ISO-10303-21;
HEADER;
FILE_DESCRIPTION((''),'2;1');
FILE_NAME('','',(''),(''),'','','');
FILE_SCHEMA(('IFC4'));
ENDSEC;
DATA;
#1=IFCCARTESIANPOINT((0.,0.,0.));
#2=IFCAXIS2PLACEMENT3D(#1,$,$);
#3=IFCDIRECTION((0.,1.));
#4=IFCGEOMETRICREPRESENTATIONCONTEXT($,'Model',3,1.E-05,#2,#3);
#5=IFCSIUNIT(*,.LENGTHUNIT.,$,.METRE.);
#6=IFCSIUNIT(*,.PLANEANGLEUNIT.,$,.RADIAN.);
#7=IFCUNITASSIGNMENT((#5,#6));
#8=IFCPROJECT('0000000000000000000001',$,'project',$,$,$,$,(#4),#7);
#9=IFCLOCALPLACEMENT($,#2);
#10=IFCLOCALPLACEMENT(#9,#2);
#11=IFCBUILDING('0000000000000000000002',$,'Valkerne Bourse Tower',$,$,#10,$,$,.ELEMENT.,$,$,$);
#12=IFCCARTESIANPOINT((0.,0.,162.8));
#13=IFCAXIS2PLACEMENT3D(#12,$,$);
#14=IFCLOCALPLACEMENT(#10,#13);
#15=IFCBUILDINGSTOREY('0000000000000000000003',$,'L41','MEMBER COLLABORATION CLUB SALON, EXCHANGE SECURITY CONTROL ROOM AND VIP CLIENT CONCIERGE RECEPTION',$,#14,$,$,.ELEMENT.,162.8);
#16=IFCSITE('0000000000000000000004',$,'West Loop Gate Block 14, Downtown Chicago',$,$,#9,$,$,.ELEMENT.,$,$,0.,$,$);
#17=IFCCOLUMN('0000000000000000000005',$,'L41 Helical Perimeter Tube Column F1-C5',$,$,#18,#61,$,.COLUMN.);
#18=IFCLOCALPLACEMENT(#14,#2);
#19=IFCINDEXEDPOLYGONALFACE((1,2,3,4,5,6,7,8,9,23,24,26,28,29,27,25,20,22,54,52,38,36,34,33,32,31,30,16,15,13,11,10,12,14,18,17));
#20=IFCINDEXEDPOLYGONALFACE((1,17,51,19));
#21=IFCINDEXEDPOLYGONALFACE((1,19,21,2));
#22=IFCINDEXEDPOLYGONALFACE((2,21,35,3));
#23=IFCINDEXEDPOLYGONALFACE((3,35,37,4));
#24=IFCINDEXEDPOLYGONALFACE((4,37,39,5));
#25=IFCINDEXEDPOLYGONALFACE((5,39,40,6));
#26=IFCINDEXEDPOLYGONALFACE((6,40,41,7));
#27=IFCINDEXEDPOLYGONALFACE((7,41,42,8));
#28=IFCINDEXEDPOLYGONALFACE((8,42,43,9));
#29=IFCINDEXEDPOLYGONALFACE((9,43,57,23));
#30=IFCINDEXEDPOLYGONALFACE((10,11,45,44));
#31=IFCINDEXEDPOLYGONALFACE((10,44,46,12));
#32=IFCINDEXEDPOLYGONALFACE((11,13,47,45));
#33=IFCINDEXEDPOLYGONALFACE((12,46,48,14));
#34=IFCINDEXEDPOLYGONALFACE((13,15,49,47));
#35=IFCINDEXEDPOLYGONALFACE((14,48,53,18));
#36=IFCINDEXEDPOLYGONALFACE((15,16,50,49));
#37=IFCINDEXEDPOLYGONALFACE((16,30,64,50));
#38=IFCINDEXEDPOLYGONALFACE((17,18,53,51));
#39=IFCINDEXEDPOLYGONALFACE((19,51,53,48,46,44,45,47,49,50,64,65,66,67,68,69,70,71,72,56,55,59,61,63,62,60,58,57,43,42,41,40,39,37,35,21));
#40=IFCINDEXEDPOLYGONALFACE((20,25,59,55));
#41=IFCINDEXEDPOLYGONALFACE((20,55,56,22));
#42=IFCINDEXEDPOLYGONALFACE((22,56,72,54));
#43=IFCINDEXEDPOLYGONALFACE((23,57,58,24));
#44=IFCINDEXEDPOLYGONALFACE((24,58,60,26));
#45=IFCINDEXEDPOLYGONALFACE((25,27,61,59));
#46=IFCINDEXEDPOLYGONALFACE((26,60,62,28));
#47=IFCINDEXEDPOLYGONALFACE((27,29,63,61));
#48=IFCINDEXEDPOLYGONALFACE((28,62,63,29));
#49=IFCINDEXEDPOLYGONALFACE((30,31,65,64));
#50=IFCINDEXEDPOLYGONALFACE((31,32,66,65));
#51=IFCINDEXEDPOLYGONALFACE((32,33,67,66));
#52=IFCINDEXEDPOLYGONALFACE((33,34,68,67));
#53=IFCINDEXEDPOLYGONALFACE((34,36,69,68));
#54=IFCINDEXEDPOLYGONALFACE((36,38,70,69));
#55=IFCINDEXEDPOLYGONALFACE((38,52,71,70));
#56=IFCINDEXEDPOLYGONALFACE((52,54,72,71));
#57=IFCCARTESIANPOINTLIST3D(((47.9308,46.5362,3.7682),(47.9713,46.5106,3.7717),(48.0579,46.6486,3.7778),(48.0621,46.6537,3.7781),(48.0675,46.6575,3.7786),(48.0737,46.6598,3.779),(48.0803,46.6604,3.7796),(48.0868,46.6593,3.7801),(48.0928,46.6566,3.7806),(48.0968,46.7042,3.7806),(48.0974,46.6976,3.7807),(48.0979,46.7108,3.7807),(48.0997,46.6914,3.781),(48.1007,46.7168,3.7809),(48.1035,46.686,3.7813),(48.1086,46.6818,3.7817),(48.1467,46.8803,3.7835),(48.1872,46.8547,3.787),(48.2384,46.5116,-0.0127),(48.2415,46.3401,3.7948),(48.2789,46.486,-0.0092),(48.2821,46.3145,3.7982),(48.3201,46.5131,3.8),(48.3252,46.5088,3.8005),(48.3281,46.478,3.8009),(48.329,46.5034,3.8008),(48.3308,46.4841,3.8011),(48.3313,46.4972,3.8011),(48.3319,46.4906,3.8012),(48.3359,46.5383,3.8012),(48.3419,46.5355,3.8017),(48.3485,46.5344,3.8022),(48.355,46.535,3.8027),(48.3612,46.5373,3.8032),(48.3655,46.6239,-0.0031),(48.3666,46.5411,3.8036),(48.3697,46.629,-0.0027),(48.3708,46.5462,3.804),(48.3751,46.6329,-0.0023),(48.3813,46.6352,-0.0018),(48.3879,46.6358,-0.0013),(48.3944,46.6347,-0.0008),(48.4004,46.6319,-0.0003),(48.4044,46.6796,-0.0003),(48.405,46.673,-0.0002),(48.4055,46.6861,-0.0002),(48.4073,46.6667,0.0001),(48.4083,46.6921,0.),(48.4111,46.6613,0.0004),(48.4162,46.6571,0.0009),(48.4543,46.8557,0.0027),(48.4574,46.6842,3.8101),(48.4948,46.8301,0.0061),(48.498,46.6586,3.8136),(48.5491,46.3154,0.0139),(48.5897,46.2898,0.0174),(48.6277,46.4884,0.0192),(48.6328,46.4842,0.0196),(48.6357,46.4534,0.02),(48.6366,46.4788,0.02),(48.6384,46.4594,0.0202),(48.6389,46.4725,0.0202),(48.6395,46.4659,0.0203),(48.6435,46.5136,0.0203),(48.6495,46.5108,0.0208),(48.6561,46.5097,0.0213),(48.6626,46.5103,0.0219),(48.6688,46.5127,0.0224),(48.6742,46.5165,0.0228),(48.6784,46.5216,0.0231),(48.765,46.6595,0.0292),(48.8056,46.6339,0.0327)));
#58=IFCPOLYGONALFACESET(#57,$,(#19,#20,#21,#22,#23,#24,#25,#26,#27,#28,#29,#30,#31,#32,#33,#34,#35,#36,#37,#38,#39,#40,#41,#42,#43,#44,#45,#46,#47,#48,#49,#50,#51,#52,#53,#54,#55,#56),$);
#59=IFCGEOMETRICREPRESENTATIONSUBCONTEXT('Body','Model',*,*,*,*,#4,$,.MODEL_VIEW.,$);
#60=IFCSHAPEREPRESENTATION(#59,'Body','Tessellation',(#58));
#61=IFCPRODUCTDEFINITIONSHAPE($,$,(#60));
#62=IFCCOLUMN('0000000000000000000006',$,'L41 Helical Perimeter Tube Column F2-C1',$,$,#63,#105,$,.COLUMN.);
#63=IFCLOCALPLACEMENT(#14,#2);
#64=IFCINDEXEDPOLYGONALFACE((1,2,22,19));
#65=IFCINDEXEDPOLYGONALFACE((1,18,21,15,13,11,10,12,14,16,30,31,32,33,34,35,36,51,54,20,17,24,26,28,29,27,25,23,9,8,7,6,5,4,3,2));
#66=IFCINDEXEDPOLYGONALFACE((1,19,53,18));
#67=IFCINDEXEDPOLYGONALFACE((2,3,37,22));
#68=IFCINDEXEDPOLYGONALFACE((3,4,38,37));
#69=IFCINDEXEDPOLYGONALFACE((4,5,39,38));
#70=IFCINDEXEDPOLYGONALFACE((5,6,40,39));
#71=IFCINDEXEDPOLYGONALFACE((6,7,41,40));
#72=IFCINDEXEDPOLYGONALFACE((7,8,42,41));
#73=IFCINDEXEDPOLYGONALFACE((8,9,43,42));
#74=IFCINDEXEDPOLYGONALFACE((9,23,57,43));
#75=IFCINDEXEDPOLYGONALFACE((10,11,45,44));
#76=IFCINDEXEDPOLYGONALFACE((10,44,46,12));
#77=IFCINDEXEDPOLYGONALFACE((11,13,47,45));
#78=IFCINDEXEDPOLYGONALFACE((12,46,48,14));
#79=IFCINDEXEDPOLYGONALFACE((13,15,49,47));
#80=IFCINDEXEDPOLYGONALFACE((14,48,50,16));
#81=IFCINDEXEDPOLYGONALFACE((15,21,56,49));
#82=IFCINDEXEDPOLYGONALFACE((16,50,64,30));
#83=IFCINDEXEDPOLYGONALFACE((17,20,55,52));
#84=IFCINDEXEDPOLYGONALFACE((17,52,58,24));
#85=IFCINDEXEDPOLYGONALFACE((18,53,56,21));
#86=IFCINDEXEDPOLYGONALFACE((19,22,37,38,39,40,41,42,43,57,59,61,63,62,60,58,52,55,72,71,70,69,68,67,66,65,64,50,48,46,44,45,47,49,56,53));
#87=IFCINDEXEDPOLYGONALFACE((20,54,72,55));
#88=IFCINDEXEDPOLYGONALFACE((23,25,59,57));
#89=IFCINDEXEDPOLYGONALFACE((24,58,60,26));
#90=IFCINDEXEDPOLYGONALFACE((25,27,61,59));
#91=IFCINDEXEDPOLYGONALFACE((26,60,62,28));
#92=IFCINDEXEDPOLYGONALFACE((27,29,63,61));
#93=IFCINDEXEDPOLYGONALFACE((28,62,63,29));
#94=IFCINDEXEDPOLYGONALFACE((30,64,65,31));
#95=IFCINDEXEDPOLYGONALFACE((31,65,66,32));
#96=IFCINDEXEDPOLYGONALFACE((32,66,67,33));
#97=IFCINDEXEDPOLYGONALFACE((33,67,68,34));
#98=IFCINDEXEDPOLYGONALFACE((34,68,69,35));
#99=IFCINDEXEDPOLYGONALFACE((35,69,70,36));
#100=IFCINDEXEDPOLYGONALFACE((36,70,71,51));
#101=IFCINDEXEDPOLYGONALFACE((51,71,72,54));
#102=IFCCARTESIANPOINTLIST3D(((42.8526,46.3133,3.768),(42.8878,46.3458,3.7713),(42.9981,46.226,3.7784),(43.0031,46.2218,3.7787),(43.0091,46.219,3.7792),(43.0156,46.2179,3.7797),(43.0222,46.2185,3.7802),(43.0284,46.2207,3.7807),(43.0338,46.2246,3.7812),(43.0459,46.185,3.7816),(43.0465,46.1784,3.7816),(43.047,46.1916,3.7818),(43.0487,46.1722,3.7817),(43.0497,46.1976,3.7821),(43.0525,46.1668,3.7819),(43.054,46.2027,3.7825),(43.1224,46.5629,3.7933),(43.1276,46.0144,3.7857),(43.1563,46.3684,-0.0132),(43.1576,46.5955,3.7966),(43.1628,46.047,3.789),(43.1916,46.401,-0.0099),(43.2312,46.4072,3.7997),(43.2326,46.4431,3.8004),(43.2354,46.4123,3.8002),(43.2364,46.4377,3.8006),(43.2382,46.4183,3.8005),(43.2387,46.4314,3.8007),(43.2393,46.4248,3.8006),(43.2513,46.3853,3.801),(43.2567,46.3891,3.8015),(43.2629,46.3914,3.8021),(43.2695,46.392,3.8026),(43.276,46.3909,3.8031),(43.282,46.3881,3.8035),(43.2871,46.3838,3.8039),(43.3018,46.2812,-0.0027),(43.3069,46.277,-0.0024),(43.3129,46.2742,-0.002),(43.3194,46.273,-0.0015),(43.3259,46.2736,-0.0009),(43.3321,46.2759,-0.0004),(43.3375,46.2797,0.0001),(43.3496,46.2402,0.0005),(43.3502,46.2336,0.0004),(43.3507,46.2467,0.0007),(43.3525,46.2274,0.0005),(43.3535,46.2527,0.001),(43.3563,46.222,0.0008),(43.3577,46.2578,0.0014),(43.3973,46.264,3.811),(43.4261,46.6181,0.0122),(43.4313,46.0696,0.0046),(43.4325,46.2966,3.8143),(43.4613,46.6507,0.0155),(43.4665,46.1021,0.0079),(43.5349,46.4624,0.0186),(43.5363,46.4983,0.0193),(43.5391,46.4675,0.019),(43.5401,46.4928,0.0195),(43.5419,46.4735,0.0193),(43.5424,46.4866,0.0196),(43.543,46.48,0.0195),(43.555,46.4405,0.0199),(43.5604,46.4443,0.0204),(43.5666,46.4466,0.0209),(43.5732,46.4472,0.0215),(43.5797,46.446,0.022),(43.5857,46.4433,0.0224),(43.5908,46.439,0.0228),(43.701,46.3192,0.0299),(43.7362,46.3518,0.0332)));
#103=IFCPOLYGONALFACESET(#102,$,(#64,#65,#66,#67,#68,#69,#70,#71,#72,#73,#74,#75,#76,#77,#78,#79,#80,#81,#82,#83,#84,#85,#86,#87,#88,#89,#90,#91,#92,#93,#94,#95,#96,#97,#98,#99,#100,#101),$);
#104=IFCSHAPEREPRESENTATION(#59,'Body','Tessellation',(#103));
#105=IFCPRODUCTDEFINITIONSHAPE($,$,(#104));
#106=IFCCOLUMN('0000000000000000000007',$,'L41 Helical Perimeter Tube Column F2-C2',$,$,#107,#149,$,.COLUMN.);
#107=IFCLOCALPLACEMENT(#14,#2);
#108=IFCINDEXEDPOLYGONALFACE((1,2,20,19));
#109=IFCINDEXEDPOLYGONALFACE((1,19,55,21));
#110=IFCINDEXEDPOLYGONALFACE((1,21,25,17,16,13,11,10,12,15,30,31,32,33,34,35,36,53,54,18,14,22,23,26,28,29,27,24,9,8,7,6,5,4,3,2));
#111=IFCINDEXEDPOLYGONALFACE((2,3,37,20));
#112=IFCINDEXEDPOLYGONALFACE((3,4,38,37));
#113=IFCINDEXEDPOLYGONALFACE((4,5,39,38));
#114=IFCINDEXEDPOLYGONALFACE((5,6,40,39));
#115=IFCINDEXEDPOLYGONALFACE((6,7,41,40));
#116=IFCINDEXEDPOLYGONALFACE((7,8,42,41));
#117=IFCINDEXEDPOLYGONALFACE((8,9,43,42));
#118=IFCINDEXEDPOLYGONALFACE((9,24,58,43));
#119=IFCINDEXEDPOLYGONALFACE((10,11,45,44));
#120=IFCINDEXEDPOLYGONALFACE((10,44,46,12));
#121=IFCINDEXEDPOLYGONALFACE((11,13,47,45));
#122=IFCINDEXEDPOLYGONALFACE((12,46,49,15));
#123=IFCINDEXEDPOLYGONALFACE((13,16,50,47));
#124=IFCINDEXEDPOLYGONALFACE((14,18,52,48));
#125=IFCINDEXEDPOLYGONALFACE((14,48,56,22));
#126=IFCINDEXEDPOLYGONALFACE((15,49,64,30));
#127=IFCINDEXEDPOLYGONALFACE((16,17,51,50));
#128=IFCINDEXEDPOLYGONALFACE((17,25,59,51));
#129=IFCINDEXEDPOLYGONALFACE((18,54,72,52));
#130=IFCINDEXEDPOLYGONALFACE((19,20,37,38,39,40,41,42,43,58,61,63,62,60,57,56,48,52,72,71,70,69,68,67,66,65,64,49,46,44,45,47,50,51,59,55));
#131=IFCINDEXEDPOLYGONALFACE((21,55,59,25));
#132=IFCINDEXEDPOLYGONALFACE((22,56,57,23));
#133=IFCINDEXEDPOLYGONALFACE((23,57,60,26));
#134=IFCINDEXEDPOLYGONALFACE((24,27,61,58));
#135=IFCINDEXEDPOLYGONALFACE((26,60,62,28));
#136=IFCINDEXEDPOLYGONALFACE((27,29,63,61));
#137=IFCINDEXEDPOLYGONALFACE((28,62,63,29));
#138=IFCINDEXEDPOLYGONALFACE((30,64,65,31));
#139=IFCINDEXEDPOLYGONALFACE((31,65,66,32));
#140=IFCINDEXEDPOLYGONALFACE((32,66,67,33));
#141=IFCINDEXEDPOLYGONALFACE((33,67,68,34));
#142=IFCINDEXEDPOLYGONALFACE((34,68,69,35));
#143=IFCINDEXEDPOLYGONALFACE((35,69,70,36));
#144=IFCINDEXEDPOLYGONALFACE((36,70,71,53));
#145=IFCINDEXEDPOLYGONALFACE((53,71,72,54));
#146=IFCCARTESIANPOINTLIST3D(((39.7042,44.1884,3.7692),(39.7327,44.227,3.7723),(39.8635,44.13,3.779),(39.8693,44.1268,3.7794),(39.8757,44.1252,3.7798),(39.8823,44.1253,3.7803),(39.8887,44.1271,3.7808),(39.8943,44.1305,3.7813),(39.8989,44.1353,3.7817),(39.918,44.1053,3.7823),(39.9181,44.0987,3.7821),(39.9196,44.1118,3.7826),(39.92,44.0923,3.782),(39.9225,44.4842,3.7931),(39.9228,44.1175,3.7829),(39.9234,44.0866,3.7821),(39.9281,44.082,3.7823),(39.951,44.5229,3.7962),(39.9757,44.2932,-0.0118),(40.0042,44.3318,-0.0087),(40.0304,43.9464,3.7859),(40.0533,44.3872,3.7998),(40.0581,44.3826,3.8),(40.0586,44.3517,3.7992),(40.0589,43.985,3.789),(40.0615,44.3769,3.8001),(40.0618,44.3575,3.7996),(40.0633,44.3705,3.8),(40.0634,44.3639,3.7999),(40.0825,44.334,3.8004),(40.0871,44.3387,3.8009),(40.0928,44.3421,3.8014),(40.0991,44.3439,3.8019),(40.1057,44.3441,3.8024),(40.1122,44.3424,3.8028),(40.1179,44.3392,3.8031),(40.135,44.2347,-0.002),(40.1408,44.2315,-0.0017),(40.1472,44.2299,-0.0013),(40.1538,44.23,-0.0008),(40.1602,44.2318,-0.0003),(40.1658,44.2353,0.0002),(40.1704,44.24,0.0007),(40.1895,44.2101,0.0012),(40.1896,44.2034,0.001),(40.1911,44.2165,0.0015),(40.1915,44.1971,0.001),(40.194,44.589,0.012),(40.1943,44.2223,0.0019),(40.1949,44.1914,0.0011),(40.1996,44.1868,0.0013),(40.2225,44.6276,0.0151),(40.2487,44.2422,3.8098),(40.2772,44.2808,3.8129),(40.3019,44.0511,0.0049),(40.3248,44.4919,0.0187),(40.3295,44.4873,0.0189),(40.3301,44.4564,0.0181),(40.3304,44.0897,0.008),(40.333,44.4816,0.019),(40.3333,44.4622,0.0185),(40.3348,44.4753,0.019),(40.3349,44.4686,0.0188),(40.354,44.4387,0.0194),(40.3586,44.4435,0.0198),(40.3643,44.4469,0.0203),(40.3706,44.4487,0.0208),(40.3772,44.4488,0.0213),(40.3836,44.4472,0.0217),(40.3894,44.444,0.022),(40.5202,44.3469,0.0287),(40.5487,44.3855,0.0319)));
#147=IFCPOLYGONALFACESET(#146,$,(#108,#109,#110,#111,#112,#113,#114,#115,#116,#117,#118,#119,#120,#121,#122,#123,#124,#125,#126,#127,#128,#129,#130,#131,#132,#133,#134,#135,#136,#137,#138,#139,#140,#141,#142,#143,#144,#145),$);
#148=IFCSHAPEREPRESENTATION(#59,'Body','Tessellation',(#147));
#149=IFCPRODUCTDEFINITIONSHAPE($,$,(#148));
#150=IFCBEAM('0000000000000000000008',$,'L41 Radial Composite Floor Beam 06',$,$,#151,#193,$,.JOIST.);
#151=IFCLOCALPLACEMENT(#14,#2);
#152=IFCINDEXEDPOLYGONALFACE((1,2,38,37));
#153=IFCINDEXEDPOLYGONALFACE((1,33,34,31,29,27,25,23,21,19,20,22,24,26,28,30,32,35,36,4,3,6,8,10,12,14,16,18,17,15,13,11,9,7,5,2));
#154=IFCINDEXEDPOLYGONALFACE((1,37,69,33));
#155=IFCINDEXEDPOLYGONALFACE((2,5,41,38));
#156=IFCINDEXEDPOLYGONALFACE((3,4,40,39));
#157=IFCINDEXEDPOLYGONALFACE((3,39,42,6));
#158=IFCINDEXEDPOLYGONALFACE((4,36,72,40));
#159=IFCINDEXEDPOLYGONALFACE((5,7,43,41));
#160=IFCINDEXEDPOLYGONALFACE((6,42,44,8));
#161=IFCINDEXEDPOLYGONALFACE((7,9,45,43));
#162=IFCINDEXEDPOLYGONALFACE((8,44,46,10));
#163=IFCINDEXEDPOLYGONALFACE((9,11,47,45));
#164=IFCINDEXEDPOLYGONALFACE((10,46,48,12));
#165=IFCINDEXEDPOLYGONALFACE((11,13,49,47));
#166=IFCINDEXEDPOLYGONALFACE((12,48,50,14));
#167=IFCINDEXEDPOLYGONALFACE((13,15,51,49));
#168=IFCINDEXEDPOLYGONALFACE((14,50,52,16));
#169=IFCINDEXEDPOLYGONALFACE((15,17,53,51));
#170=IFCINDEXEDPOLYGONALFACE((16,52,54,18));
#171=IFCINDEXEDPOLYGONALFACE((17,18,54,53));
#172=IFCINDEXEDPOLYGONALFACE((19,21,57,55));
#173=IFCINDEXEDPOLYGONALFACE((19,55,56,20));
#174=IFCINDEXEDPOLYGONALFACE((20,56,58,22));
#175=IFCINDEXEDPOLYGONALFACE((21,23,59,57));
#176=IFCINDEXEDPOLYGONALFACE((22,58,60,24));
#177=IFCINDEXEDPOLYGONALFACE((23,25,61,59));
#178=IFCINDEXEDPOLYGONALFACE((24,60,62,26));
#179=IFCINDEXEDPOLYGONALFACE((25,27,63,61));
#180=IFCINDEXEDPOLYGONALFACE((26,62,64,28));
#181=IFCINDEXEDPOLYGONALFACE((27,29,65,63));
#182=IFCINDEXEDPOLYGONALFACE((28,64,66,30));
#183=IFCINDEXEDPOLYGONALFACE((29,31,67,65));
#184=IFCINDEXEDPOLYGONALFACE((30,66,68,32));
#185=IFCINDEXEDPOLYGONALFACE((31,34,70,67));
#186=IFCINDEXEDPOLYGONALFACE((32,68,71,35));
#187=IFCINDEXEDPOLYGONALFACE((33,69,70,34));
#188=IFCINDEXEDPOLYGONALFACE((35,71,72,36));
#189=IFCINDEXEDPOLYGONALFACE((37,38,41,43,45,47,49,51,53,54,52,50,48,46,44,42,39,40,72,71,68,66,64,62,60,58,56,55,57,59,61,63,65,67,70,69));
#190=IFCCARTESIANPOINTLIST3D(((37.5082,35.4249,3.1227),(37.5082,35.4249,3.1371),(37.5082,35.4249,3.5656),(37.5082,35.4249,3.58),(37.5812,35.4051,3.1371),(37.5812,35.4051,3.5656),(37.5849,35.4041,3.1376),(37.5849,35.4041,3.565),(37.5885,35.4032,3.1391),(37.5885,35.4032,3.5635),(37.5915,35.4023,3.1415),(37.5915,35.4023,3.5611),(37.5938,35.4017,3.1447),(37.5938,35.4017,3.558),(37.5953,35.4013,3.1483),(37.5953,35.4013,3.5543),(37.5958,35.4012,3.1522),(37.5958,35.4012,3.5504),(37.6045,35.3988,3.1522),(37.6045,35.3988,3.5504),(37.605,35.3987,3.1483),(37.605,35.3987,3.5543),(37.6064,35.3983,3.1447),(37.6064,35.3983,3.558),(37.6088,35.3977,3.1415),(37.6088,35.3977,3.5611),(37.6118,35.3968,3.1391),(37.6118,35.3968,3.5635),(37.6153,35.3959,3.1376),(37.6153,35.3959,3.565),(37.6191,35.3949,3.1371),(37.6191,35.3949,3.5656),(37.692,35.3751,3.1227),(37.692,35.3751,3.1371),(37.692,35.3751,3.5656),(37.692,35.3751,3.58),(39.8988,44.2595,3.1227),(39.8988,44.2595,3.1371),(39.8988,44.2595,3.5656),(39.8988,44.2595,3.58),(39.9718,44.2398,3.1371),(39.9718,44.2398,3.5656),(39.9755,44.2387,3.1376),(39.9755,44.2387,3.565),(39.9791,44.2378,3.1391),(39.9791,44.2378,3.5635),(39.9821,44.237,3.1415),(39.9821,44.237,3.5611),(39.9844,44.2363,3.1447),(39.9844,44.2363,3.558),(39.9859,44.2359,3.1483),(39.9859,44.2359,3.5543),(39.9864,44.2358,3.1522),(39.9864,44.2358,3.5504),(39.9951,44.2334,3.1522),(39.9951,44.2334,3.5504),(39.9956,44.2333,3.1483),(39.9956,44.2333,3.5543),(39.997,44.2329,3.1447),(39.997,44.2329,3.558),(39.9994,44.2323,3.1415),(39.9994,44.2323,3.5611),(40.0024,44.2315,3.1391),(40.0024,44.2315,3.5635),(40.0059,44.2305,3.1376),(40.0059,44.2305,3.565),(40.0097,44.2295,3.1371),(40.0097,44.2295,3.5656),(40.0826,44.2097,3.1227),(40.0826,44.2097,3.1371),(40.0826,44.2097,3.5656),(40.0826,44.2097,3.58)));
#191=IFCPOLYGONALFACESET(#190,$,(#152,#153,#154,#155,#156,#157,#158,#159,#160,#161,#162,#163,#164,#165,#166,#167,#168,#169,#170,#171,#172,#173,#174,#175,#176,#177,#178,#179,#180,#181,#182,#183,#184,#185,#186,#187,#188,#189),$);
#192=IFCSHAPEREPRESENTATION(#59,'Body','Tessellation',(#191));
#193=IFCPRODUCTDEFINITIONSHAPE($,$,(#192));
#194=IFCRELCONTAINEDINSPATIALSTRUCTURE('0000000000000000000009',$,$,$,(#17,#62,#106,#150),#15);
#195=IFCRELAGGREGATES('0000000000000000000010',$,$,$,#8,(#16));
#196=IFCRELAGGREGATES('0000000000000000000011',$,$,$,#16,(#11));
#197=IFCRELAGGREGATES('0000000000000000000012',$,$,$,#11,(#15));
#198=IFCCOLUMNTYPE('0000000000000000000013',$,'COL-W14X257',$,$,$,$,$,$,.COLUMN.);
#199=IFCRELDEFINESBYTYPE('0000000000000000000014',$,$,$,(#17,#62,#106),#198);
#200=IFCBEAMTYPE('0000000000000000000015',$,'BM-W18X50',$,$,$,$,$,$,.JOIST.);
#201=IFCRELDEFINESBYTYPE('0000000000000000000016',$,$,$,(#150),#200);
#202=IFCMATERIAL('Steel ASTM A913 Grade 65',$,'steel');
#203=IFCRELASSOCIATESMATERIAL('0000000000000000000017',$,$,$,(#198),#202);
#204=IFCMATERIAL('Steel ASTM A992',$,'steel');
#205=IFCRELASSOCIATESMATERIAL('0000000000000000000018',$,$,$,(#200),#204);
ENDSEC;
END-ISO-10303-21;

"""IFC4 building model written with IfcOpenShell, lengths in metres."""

from ifc_helpers import new_model, si_unit, direction, frame, origin, origin_2d, place, context, subcontext, project, spatial, i_section, extrude, material, material_profile, profile_set, type_object, element, save


model = new_model("IFC4")

# Units and contexts
model_context = context("Model", 3, precision=1e-05, world=origin(), true_north=direction((0.0, 1.0)))
body_context = subcontext(model_context, "Body", "Model", "MODEL_VIEW")
ifc_project = project(units=[si_unit("LENGTHUNIT", "METRE"), si_unit("PLANEANGLEUNIT", "RADIAN")], contexts=[model_context])

# Site, building, storey
site_placement = place(None, origin())
site = spatial("IfcSite", under=ifc_project, at=site_placement, Name="West Loop Gate Block 14, Downtown Chicago", CompositionType="ELEMENT", RefElevation=0.0)
building_placement = place(site_placement, origin())
building = spatial("IfcBuilding", under=site, at=building_placement, Name="Valkerne Bourse Tower", CompositionType="ELEMENT")
storey_placement = place(building_placement, frame((0.0, 0.0, 162.8)))
storey = spatial("IfcBuildingStorey", under=building, at=storey_placement, Name="L41", Description="MEMBER COLLABORATION CLUB SALON, EXCHANGE SECURITY CONTROL ROOM AND VIP CLIENT CONCIERGE RECEPTION", CompositionType="ELEMENT", Elevation=162.8)

# Columns
ifc_material_1 = material(Name="Steel ASTM A913 Grade 65", Category="steel")
ifc_material_profile_1 = material_profile(ifc_material_1, i_section(OverallWidth=0.4065, OverallDepth=0.4165, WebThickness=0.0298, FlangeThickness=0.0481, FilletRadius=0.0254, at=origin_2d()), Name="W14X257")
ifc_profile_set_1 = profile_set([ifc_material_profile_1], Name="Steel ASTM A913 Grade 65")
column_type = type_object("IfcColumnType", Name="COL-W14X257", PredefinedType="COLUMN", material=ifc_profile_set_1)
column_1_placement = place(storey_placement, frame((48.522, 46.5728, 0.01), z_axis=(-0.081089, 0.0065, 0.996686), x_axis=(0.531094, 0.846474, 0.037689)))
element("IfcColumn", 1, at=column_1_placement, inside=storey, type_object=column_type, Name="L41 Helical Perimeter Tube Column F1-C5", PredefinedType="COLUMN", context=body_context, shape_type="SweptSolid", body=[
    extrude(i_section(OverallWidth=0.4065, OverallDepth=0.4165, WebThickness=0.0298, FlangeThickness=0.0481, FilletRadius=0.0254, at=origin_2d()), origin(), (0.0, 0.0, 1.0), 3.7935),
])
column_2_placement = place(storey_placement, frame((43.4463, 46.3601, 0.01), z_axis=(-0.080059, -0.014544, 0.996684), x_axis=(-0.67637, 0.735271, -0.0436)))
element("IfcColumn", 2, at=column_2_placement, inside=storey, type_object=column_type, Name="L41 Helical Perimeter Tube Column F2-C1", PredefinedType="COLUMN", context=body_context, shape_type="SweptSolid", body=[
    extrude(i_section(OverallWidth=0.4065, OverallDepth=0.4165, WebThickness=0.0298, FlangeThickness=0.0481, FilletRadius=0.0254, at=origin_2d()), origin(), (0.0, 0.0, 1.0), 3.7937),
])
column_3_placement = place(storey_placement, frame((40.2622, 44.3394, 0.01), z_axis=(-0.07159, -0.027619, 0.997052), x_axis=(-0.802343, 0.595445, -0.041116)))
element("IfcColumn", 3, at=column_3_placement, inside=storey, type_object=column_type, Name="L41 Helical Perimeter Tube Column F2-C2", PredefinedType="COLUMN", context=body_context, shape_type="SweptSolid", body=[
    extrude(i_section(OverallWidth=0.4065, OverallDepth=0.4165, WebThickness=0.0298, FlangeThickness=0.0481, FilletRadius=0.0254, at=origin_2d()), origin(), (0.0, 0.0, 1.0), 3.7922),
])

# Beam
ifc_material_2 = material(Name="Steel ASTM A992", Category="steel")
ifc_material_profile_2 = material_profile(ifc_material_2, i_section(OverallWidth=0.1904, OverallDepth=0.4573, WebThickness=0.009, FlangeThickness=0.0144, FilletRadius=0.0151, at=origin_2d()), Name="W18X50")
ifc_profile_set_2 = profile_set([ifc_material_profile_2], Name="Steel ASTM A992")
beam_type_1 = type_object("IfcBeamType", Name="BM-W18X50", PredefinedType="JOIST", material=ifc_profile_set_2)
beam_1_placement = place(storey_placement, frame((39.9907, 44.2346, 3.3513), z_axis=(-0.261201, -0.965285, 0.0), x_axis=(0.965285, -0.261201, 0.0)))
element("IfcBeam", 4, at=beam_1_placement, inside=storey, type_object=beam_type_1, Name="L41 Radial Composite Floor Beam 06", PredefinedType="JOIST", context=body_context, shape_type="SweptSolid", body=[
    extrude(i_section(OverallWidth=0.1904, OverallDepth=0.4573, WebThickness=0.009, FlangeThickness=0.0144, FilletRadius=0.0151, at=origin_2d()), origin(), (0.0, 0.0, 1.0), 9.1523),
])

save(model, "model.ifc")
